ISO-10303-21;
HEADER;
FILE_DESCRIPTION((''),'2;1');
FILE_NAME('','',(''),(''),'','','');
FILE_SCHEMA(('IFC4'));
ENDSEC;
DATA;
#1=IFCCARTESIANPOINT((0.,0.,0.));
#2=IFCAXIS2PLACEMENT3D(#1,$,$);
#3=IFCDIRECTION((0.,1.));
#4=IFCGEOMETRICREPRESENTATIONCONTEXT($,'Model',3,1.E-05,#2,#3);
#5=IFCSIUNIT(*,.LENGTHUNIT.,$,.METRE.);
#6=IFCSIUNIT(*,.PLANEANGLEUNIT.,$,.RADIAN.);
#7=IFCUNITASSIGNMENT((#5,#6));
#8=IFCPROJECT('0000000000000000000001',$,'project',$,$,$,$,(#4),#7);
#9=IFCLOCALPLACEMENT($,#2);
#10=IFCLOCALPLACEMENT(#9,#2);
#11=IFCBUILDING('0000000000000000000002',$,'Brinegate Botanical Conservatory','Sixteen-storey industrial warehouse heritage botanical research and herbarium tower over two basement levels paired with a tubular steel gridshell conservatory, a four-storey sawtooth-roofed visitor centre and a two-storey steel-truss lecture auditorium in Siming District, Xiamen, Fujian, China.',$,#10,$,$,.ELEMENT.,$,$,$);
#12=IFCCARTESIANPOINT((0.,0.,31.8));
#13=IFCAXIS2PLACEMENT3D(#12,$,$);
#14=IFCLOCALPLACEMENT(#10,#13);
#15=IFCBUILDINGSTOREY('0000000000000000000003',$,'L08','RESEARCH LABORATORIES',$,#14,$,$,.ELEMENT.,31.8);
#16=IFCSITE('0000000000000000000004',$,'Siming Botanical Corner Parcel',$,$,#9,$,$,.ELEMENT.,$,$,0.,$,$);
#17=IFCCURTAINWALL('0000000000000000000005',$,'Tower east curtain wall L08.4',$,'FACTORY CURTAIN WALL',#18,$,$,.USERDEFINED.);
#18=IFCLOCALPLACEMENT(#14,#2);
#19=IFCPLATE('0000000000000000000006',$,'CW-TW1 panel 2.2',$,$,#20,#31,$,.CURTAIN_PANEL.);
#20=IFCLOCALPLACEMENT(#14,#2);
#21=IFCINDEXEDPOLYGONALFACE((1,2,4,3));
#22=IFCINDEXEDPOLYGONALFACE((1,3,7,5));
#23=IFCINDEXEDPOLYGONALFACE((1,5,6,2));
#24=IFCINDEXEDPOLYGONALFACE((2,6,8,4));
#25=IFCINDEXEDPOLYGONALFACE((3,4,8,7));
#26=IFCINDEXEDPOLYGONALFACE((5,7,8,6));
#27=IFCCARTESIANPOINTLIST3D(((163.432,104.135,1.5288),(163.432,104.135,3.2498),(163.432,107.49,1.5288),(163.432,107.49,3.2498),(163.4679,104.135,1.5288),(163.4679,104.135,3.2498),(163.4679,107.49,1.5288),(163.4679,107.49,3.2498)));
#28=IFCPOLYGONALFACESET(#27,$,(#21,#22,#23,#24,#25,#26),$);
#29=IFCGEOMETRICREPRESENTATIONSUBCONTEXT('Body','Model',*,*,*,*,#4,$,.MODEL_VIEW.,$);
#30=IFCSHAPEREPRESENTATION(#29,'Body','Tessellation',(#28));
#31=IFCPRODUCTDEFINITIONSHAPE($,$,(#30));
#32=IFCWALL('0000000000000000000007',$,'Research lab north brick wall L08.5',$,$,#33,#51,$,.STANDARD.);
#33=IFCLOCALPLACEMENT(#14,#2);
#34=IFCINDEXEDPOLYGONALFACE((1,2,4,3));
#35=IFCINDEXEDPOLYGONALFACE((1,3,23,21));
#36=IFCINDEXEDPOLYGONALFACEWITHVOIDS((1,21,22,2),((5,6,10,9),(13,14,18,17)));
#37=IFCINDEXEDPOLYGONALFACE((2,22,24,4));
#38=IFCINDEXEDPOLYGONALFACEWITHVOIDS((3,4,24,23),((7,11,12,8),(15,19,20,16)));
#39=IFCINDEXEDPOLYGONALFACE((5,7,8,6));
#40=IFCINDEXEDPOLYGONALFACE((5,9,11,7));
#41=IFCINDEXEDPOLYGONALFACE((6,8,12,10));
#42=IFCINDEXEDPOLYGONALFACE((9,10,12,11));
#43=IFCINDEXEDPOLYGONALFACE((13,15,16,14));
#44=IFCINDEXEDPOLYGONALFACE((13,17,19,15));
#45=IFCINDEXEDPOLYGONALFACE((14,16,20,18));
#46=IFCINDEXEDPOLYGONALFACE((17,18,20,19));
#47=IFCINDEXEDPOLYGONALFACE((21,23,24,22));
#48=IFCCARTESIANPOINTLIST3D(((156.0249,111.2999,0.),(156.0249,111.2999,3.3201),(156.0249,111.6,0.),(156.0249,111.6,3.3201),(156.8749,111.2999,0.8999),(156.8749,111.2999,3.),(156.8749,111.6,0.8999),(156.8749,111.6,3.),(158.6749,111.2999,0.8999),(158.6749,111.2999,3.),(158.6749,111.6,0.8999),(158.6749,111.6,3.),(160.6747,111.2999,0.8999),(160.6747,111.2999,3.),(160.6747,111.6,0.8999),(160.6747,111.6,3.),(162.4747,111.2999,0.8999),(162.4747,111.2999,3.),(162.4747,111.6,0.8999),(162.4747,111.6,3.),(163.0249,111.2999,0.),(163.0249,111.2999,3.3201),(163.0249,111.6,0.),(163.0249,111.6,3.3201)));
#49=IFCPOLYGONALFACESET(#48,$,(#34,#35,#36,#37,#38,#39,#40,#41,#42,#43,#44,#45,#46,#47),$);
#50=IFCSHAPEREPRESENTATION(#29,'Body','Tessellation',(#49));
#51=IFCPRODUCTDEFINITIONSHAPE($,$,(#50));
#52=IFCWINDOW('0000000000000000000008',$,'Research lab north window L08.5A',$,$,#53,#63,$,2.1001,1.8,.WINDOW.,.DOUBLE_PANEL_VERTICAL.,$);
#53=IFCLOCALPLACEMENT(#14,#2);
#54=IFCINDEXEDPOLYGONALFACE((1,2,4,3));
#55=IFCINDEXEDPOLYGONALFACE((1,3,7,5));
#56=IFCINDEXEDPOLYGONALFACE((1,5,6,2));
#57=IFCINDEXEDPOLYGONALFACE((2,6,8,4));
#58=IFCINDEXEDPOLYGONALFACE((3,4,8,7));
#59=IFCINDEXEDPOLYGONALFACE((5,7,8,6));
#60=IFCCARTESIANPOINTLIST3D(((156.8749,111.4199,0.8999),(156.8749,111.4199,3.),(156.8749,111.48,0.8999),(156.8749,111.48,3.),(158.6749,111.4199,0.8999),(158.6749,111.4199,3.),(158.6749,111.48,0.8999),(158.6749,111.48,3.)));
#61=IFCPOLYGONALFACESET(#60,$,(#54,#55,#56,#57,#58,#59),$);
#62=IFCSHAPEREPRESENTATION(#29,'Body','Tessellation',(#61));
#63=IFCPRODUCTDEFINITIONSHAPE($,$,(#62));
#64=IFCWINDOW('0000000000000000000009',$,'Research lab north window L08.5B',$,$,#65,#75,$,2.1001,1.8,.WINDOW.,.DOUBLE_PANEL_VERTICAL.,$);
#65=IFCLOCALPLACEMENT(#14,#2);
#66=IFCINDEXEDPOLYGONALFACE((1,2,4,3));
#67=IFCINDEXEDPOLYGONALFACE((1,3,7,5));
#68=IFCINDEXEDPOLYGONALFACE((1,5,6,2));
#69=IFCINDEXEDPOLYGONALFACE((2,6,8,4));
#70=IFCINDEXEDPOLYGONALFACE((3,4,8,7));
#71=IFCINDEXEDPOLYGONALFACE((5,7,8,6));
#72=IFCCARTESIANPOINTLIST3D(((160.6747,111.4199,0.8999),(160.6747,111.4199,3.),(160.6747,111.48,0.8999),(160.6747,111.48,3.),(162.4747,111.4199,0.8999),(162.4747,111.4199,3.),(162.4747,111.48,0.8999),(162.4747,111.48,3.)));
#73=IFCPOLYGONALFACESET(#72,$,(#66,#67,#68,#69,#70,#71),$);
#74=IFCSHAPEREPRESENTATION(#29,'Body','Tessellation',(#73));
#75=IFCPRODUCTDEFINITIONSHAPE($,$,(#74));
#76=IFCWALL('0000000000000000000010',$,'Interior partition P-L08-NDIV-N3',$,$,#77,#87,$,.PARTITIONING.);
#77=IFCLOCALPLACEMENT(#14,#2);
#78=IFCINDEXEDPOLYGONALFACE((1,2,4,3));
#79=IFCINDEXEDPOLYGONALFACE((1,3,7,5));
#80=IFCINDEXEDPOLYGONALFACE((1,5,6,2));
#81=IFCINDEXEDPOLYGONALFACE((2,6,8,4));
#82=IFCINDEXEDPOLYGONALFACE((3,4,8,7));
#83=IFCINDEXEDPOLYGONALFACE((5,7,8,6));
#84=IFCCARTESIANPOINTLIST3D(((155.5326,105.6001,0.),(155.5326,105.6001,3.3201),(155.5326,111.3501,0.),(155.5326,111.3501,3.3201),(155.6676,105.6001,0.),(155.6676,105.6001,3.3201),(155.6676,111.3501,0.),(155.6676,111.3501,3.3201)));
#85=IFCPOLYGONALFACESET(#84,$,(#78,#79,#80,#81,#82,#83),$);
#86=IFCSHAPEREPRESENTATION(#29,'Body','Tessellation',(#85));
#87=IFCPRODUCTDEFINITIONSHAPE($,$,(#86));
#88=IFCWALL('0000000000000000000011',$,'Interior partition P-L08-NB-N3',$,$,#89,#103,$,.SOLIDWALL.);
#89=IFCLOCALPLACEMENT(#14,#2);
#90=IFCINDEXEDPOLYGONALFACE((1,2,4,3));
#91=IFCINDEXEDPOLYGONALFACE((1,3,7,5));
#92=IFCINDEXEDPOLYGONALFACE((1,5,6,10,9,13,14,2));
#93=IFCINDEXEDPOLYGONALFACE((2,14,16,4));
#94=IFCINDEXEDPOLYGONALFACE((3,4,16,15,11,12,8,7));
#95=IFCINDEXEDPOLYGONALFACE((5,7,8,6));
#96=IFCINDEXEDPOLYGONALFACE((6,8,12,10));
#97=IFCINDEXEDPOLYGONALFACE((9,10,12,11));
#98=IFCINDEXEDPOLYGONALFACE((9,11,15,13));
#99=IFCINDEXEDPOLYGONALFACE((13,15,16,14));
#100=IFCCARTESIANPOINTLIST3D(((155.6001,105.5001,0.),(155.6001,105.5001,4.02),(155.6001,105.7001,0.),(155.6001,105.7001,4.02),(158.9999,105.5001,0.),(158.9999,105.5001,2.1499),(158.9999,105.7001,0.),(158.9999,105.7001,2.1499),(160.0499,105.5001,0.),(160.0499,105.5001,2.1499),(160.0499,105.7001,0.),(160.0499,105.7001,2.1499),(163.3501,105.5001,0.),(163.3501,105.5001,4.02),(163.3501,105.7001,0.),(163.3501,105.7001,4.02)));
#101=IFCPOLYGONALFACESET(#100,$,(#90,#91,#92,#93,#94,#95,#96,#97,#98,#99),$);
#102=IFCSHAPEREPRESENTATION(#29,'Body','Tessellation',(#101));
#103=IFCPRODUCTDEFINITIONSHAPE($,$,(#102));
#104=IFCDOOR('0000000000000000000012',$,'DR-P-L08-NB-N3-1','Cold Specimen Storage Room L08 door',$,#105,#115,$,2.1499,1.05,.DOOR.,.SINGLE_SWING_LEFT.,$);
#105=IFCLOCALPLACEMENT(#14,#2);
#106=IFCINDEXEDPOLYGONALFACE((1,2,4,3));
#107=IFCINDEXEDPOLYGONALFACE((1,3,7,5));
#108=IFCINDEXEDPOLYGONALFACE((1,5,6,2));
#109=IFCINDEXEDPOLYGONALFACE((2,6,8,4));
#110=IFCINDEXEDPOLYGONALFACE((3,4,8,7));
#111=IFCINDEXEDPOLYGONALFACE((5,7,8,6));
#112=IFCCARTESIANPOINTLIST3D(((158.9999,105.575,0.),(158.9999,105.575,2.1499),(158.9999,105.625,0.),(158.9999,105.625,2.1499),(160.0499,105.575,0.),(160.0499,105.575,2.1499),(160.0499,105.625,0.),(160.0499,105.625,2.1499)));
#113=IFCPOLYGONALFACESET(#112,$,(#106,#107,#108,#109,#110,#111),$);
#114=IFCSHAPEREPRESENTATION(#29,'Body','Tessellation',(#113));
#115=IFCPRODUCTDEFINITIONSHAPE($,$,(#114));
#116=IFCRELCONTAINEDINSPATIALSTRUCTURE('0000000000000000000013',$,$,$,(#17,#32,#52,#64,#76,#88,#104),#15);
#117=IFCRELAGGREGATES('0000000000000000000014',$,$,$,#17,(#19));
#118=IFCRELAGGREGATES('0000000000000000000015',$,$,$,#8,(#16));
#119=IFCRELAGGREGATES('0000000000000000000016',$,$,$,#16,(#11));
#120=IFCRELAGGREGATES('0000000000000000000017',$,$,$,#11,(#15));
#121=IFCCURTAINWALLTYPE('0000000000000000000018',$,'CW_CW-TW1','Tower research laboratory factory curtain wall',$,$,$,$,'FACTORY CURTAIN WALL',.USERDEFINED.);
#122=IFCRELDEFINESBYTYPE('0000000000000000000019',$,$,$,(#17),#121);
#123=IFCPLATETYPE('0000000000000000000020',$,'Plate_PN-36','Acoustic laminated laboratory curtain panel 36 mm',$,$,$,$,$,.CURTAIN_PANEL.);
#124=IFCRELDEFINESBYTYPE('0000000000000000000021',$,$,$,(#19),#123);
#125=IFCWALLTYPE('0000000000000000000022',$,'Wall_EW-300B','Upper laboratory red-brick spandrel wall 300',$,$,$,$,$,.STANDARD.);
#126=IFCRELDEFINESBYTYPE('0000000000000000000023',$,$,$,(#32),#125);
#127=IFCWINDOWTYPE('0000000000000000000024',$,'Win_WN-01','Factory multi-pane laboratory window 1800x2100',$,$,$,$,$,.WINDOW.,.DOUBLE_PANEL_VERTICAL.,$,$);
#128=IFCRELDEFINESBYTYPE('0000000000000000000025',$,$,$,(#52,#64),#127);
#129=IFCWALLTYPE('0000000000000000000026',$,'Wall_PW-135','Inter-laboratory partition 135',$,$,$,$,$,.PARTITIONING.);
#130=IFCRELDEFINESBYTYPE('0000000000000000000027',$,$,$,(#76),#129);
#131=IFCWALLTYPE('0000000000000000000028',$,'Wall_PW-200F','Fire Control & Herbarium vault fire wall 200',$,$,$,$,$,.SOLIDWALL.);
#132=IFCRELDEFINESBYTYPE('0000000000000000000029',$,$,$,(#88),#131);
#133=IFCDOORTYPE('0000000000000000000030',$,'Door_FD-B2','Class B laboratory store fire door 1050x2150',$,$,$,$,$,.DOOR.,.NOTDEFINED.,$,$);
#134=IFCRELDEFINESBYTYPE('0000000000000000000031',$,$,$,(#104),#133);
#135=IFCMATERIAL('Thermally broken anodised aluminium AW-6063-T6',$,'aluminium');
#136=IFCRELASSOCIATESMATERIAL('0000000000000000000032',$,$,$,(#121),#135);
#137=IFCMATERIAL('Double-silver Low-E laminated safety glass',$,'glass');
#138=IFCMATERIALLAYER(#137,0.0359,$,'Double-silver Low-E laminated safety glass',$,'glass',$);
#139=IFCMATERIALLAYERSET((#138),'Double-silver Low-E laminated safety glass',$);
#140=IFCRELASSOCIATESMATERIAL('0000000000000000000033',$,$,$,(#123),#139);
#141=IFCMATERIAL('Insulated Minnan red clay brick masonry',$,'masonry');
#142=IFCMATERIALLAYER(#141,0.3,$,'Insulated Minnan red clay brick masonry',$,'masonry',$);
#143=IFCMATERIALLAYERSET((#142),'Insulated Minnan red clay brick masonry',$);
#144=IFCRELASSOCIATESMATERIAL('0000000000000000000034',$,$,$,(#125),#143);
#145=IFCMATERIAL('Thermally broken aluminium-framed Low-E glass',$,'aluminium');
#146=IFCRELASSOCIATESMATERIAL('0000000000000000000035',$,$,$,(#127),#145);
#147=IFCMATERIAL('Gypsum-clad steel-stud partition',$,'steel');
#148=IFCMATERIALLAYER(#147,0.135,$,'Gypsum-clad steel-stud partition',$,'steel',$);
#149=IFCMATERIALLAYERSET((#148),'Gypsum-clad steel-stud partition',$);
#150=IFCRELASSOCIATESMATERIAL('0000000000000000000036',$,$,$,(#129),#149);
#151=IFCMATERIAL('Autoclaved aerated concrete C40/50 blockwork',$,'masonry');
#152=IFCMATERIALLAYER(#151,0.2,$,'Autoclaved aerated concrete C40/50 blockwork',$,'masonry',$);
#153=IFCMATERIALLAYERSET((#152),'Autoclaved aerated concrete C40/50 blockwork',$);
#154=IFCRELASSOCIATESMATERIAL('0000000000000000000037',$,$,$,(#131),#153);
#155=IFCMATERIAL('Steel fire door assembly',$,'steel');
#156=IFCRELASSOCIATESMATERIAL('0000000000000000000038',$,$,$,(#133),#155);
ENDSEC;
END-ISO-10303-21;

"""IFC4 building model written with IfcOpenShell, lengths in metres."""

from ifc_helpers import new_model, si_unit, direction, frame, frame_2d, origin, origin_2d, place, context, subcontext, project, spatial, rectangle, extrude, material, layer, layer_set, type_object, element, fill, aggregate, save


model = new_model("IFC4")

# Units and contexts
model_context = context("Model", 3, precision=1e-05, world=origin(), true_north=direction((0.0, 1.0)))
body_context = subcontext(model_context, "Body", "Model", "MODEL_VIEW")
ifc_project = project(units=[si_unit("LENGTHUNIT", "METRE"), si_unit("PLANEANGLEUNIT", "RADIAN")], contexts=[model_context])

# Site, building, storey
site_placement = place(None, origin())
site = spatial("IfcSite", under=ifc_project, at=site_placement, Name="Siming Botanical Corner Parcel", CompositionType="ELEMENT", RefElevation=0.0)
building_placement = place(site_placement, origin())
building = spatial("IfcBuilding", under=site, at=building_placement, Name="Brinegate Botanical Conservatory", Description="Sixteen-storey industrial warehouse heritage botanical research and herbarium tower over two basement levels paired with a tubular steel gridshell conservatory, a four-storey sawtooth-roofed visitor centre and a two-storey steel-truss lecture auditorium in Siming District, Xiamen, Fujian, China.", CompositionType="ELEMENT")
storey_placement = place(building_placement, frame((0.0, 0.0, 31.8)))
storey = spatial("IfcBuildingStorey", under=building, at=storey_placement, Name="L08", Description="RESEARCH LABORATORIES", CompositionType="ELEMENT", Elevation=31.8)

# Curtain wall
ifc_material_1 = material(Name="Thermally broken anodised aluminium AW-6063-T6", Category="aluminium")
curtain_wall_type = type_object("IfcCurtainWallType", Name="CW_CW-TW1", Description="Tower research laboratory factory curtain wall", ElementType="FACTORY CURTAIN WALL", PredefinedType="USERDEFINED", material=ifc_material_1)
curtain_wall_1_placement = place(storey_placement, origin())
curtain_wall_1 = element("IfcCurtainWall", 1, at=curtain_wall_1_placement, inside=storey, type_object=curtain_wall_type, Name="Tower east curtain wall L08.4", ObjectType="FACTORY CURTAIN WALL", PredefinedType="USERDEFINED")

# Plate
ifc_material_2 = material(Name="Double-silver Low-E laminated safety glass", Category="glass")
ifc_layer_1 = layer(ifc_material_2, 0.0359, Name="Double-silver Low-E laminated safety glass", Category="glass")
ifc_layer_set_1 = layer_set([ifc_layer_1], Name="Double-silver Low-E laminated safety glass")
plate_type = type_object("IfcPlateType", Name="Plate_PN-36", Description="Acoustic laminated laboratory curtain panel 36 mm", PredefinedType="CURTAIN_PANEL", material=ifc_layer_set_1)
plate_1_placement = place(storey_placement, frame((163.45, 105.8125, 1.5288), z_axis=(0.0, 0.0, 1.0), x_axis=(0.0, -1.0, 0.0)))
plate_1 = element("IfcPlate", 2, at=plate_1_placement, type_object=plate_type, Name="CW-TW1 panel 2.2", PredefinedType="CURTAIN_PANEL", context=body_context, shape_type="SweptSolid", body=[
    extrude(rectangle(XDim=3.355, YDim=0.0359, at=origin_2d()), origin(), (0.0, 0.0, 1.0), 1.7209),
])
aggregate(curtain_wall_1, [plate_1])

# Wall, openings, windows
ifc_material_3 = material(Name="Insulated Minnan red clay brick masonry", Category="masonry")
ifc_layer_2 = layer(ifc_material_3, 0.3, Name="Insulated Minnan red clay brick masonry", Category="masonry")
ifc_layer_set_2 = layer_set([ifc_layer_2], Name="Insulated Minnan red clay brick masonry")
wall_type_1 = type_object("IfcWallType", Name="Wall_EW-300B", Description="Upper laboratory red-brick spandrel wall 300", PredefinedType="STANDARD", material=ifc_layer_set_2)
wall_1_placement = place(storey_placement, frame((156.0249, 111.45, 0.0), z_axis=(0.0, 0.0, 1.0), x_axis=(1.0, 0.0, 0.0)))
wall_1 = element("IfcWall", 3, at=wall_1_placement, inside=storey, type_object=wall_type_1, Name="Research lab north brick wall L08.5", PredefinedType="STANDARD", context=body_context, shape_type="SweptSolid", body=[
    extrude(rectangle(XDim=7.0, YDim=0.3, at=frame_2d((3.5, 0.0))), origin(), (0.0, 0.0, 1.0), 3.3201),
])
opening_1_placement = place(wall_1_placement, frame((0.8501, 0.0, 0.8999)))
opening_1 = element("IfcOpeningElement", 4, at=opening_1_placement, cuts=wall_1, PredefinedType="OPENING", context=body_context, shape_type="SweptSolid", body=[
    extrude(rectangle(XDim=1.8, YDim=2.1001, at=frame_2d((0.8999, 1.05))), frame((0.0, 0.1599, 0.0), z_axis=(0.0, -1.0, 0.0), x_axis=(1.0, 0.0, 0.0)), (0.0, 0.0, 1.0), 0.3201),
])
opening_2_placement = place(wall_1_placement, frame((4.6499, 0.0, 0.8999)))
opening_2 = element("IfcOpeningElement", 5, at=opening_2_placement, cuts=wall_1, PredefinedType="OPENING", context=body_context, shape_type="SweptSolid", body=[
    extrude(rectangle(XDim=1.8, YDim=2.1001, at=frame_2d((0.8999, 1.05))), frame((0.0, 0.1599, 0.0), z_axis=(0.0, -1.0, 0.0), x_axis=(1.0, 0.0, 0.0)), (0.0, 0.0, 1.0), 0.3201),
])
ifc_material_4 = material(Name="Thermally broken aluminium-framed Low-E glass", Category="aluminium")
window_type = type_object("IfcWindowType", Name="Win_WN-01", Description="Factory multi-pane laboratory window 1800x2100", PartitioningType="DOUBLE_PANEL_VERTICAL", PredefinedType="WINDOW", material=ifc_material_4)
window_1_placement = place(opening_1_placement, origin())
window_1 = element("IfcWindow", 6, at=window_1_placement, inside=storey, type_object=window_type, Name="Research lab north window L08.5A", OverallHeight=2.1001, OverallWidth=1.8, PartitioningType="DOUBLE_PANEL_VERTICAL", PredefinedType="WINDOW", context=body_context, shape_type="SweptSolid", body=[
    extrude(rectangle(XDim=1.8, YDim=2.1001, at=frame_2d((0.8999, 1.05))), frame((0.0, 0.03, 0.0), z_axis=(0.0, -1.0, 0.0), x_axis=(1.0, 0.0, 0.0)), (0.0, 0.0, 1.0), 0.0601),
])
fill(opening_1, window_1)
window_2_placement = place(opening_2_placement, origin())
window_2 = element("IfcWindow", 7, at=window_2_placement, inside=storey, type_object=window_type, Name="Research lab north window L08.5B", OverallHeight=2.1001, OverallWidth=1.8, PartitioningType="DOUBLE_PANEL_VERTICAL", PredefinedType="WINDOW", context=body_context, shape_type="SweptSolid", body=[
    extrude(rectangle(XDim=1.8, YDim=2.1001, at=frame_2d((0.8999, 1.05))), frame((0.0, 0.03, 0.0), z_axis=(0.0, -1.0, 0.0), x_axis=(1.0, 0.0, 0.0)), (0.0, 0.0, 1.0), 0.0601),
])
fill(opening_2, window_2)

# Wall
ifc_material_5 = material(Name="Gypsum-clad steel-stud partition", Category="steel")
ifc_layer_3 = layer(ifc_material_5, 0.135, Name="Gypsum-clad steel-stud partition", Category="steel")
ifc_layer_set_3 = layer_set([ifc_layer_3], Name="Gypsum-clad steel-stud partition")
wall_type_2 = type_object("IfcWallType", Name="Wall_PW-135", Description="Inter-laboratory partition 135", PredefinedType="PARTITIONING", material=ifc_layer_set_3)
wall_2_placement = place(storey_placement, frame((155.6001, 105.6001, 0.0), z_axis=(0.0, 0.0, 1.0), x_axis=(0.0, 1.0, 0.0)))
element("IfcWall", 8, at=wall_2_placement, inside=storey, type_object=wall_type_2, Name="Interior partition P-L08-NDIV-N3", PredefinedType="PARTITIONING", context=body_context, shape_type="SweptSolid", body=[
    extrude(rectangle(XDim=5.75, YDim=0.135, at=frame_2d((2.875, 0.0))), origin(), (0.0, 0.0, 1.0), 3.3201),
])

# Wall, opening, door
ifc_material_6 = material(Name="Autoclaved aerated concrete C40/50 blockwork", Category="masonry")
ifc_layer_4 = layer(ifc_material_6, 0.2, Name="Autoclaved aerated concrete C40/50 blockwork", Category="masonry")
ifc_layer_set_4 = layer_set([ifc_layer_4], Name="Autoclaved aerated concrete C40/50 blockwork")
wall_type_3 = type_object("IfcWallType", Name="Wall_PW-200F", Description="Fire Control & Herbarium vault fire wall 200", PredefinedType="SOLIDWALL", material=ifc_layer_set_4)
wall_3_placement = place(storey_placement, frame((155.6001, 105.6001, 0.0), z_axis=(0.0, 0.0, 1.0), x_axis=(1.0, 0.0, 0.0)))
wall_3 = element("IfcWall", 9, at=wall_3_placement, inside=storey, type_object=wall_type_3, Name="Interior partition P-L08-NB-N3", PredefinedType="SOLIDWALL", context=body_context, shape_type="SweptSolid", body=[
    extrude(rectangle(XDim=7.75, YDim=0.2, at=frame_2d((3.875, 0.0))), origin(), (0.0, 0.0, 1.0), 4.02),
])
opening_3_placement = place(wall_3_placement, frame((3.3999, 0.0, 0.0)))
opening_3 = element("IfcOpeningElement", 10, at=opening_3_placement, cuts=wall_3, PredefinedType="OPENING", context=body_context, shape_type="SweptSolid", body=[
    extrude(rectangle(XDim=1.05, YDim=2.1499, at=frame_2d((0.5249, 1.075))), frame((0.0, 0.1099, 0.0), z_axis=(0.0, -1.0, 0.0), x_axis=(1.0, 0.0, 0.0)), (0.0, 0.0, 1.0), 0.22),
])
ifc_material_7 = material(Name="Steel fire door assembly", Category="steel")
door_type = type_object("IfcDoorType", Name="Door_FD-B2", Description="Class B laboratory store fire door 1050x2150", OperationType="NOTDEFINED", PredefinedType="DOOR", material=ifc_material_7)
door_placement = place(opening_3_placement, origin())
door = element("IfcDoor", 11, at=door_placement, inside=storey, type_object=door_type, Name="DR-P-L08-NB-N3-1", Description="Cold Specimen Storage Room L08 door", OperationType="SINGLE_SWING_LEFT", OverallHeight=2.1499, OverallWidth=1.05, PredefinedType="DOOR", context=body_context, shape_type="SweptSolid", body=[
    extrude(rectangle(XDim=1.05, YDim=2.1499, at=frame_2d((0.5249, 1.075))), frame((0.0, 0.0249, 0.0), z_axis=(0.0, -1.0, 0.0), x_axis=(1.0, 0.0, 0.0)), (0.0, 0.0, 1.0), 0.05),
])
fill(opening_3, door)

save(model, "model.ifc")
